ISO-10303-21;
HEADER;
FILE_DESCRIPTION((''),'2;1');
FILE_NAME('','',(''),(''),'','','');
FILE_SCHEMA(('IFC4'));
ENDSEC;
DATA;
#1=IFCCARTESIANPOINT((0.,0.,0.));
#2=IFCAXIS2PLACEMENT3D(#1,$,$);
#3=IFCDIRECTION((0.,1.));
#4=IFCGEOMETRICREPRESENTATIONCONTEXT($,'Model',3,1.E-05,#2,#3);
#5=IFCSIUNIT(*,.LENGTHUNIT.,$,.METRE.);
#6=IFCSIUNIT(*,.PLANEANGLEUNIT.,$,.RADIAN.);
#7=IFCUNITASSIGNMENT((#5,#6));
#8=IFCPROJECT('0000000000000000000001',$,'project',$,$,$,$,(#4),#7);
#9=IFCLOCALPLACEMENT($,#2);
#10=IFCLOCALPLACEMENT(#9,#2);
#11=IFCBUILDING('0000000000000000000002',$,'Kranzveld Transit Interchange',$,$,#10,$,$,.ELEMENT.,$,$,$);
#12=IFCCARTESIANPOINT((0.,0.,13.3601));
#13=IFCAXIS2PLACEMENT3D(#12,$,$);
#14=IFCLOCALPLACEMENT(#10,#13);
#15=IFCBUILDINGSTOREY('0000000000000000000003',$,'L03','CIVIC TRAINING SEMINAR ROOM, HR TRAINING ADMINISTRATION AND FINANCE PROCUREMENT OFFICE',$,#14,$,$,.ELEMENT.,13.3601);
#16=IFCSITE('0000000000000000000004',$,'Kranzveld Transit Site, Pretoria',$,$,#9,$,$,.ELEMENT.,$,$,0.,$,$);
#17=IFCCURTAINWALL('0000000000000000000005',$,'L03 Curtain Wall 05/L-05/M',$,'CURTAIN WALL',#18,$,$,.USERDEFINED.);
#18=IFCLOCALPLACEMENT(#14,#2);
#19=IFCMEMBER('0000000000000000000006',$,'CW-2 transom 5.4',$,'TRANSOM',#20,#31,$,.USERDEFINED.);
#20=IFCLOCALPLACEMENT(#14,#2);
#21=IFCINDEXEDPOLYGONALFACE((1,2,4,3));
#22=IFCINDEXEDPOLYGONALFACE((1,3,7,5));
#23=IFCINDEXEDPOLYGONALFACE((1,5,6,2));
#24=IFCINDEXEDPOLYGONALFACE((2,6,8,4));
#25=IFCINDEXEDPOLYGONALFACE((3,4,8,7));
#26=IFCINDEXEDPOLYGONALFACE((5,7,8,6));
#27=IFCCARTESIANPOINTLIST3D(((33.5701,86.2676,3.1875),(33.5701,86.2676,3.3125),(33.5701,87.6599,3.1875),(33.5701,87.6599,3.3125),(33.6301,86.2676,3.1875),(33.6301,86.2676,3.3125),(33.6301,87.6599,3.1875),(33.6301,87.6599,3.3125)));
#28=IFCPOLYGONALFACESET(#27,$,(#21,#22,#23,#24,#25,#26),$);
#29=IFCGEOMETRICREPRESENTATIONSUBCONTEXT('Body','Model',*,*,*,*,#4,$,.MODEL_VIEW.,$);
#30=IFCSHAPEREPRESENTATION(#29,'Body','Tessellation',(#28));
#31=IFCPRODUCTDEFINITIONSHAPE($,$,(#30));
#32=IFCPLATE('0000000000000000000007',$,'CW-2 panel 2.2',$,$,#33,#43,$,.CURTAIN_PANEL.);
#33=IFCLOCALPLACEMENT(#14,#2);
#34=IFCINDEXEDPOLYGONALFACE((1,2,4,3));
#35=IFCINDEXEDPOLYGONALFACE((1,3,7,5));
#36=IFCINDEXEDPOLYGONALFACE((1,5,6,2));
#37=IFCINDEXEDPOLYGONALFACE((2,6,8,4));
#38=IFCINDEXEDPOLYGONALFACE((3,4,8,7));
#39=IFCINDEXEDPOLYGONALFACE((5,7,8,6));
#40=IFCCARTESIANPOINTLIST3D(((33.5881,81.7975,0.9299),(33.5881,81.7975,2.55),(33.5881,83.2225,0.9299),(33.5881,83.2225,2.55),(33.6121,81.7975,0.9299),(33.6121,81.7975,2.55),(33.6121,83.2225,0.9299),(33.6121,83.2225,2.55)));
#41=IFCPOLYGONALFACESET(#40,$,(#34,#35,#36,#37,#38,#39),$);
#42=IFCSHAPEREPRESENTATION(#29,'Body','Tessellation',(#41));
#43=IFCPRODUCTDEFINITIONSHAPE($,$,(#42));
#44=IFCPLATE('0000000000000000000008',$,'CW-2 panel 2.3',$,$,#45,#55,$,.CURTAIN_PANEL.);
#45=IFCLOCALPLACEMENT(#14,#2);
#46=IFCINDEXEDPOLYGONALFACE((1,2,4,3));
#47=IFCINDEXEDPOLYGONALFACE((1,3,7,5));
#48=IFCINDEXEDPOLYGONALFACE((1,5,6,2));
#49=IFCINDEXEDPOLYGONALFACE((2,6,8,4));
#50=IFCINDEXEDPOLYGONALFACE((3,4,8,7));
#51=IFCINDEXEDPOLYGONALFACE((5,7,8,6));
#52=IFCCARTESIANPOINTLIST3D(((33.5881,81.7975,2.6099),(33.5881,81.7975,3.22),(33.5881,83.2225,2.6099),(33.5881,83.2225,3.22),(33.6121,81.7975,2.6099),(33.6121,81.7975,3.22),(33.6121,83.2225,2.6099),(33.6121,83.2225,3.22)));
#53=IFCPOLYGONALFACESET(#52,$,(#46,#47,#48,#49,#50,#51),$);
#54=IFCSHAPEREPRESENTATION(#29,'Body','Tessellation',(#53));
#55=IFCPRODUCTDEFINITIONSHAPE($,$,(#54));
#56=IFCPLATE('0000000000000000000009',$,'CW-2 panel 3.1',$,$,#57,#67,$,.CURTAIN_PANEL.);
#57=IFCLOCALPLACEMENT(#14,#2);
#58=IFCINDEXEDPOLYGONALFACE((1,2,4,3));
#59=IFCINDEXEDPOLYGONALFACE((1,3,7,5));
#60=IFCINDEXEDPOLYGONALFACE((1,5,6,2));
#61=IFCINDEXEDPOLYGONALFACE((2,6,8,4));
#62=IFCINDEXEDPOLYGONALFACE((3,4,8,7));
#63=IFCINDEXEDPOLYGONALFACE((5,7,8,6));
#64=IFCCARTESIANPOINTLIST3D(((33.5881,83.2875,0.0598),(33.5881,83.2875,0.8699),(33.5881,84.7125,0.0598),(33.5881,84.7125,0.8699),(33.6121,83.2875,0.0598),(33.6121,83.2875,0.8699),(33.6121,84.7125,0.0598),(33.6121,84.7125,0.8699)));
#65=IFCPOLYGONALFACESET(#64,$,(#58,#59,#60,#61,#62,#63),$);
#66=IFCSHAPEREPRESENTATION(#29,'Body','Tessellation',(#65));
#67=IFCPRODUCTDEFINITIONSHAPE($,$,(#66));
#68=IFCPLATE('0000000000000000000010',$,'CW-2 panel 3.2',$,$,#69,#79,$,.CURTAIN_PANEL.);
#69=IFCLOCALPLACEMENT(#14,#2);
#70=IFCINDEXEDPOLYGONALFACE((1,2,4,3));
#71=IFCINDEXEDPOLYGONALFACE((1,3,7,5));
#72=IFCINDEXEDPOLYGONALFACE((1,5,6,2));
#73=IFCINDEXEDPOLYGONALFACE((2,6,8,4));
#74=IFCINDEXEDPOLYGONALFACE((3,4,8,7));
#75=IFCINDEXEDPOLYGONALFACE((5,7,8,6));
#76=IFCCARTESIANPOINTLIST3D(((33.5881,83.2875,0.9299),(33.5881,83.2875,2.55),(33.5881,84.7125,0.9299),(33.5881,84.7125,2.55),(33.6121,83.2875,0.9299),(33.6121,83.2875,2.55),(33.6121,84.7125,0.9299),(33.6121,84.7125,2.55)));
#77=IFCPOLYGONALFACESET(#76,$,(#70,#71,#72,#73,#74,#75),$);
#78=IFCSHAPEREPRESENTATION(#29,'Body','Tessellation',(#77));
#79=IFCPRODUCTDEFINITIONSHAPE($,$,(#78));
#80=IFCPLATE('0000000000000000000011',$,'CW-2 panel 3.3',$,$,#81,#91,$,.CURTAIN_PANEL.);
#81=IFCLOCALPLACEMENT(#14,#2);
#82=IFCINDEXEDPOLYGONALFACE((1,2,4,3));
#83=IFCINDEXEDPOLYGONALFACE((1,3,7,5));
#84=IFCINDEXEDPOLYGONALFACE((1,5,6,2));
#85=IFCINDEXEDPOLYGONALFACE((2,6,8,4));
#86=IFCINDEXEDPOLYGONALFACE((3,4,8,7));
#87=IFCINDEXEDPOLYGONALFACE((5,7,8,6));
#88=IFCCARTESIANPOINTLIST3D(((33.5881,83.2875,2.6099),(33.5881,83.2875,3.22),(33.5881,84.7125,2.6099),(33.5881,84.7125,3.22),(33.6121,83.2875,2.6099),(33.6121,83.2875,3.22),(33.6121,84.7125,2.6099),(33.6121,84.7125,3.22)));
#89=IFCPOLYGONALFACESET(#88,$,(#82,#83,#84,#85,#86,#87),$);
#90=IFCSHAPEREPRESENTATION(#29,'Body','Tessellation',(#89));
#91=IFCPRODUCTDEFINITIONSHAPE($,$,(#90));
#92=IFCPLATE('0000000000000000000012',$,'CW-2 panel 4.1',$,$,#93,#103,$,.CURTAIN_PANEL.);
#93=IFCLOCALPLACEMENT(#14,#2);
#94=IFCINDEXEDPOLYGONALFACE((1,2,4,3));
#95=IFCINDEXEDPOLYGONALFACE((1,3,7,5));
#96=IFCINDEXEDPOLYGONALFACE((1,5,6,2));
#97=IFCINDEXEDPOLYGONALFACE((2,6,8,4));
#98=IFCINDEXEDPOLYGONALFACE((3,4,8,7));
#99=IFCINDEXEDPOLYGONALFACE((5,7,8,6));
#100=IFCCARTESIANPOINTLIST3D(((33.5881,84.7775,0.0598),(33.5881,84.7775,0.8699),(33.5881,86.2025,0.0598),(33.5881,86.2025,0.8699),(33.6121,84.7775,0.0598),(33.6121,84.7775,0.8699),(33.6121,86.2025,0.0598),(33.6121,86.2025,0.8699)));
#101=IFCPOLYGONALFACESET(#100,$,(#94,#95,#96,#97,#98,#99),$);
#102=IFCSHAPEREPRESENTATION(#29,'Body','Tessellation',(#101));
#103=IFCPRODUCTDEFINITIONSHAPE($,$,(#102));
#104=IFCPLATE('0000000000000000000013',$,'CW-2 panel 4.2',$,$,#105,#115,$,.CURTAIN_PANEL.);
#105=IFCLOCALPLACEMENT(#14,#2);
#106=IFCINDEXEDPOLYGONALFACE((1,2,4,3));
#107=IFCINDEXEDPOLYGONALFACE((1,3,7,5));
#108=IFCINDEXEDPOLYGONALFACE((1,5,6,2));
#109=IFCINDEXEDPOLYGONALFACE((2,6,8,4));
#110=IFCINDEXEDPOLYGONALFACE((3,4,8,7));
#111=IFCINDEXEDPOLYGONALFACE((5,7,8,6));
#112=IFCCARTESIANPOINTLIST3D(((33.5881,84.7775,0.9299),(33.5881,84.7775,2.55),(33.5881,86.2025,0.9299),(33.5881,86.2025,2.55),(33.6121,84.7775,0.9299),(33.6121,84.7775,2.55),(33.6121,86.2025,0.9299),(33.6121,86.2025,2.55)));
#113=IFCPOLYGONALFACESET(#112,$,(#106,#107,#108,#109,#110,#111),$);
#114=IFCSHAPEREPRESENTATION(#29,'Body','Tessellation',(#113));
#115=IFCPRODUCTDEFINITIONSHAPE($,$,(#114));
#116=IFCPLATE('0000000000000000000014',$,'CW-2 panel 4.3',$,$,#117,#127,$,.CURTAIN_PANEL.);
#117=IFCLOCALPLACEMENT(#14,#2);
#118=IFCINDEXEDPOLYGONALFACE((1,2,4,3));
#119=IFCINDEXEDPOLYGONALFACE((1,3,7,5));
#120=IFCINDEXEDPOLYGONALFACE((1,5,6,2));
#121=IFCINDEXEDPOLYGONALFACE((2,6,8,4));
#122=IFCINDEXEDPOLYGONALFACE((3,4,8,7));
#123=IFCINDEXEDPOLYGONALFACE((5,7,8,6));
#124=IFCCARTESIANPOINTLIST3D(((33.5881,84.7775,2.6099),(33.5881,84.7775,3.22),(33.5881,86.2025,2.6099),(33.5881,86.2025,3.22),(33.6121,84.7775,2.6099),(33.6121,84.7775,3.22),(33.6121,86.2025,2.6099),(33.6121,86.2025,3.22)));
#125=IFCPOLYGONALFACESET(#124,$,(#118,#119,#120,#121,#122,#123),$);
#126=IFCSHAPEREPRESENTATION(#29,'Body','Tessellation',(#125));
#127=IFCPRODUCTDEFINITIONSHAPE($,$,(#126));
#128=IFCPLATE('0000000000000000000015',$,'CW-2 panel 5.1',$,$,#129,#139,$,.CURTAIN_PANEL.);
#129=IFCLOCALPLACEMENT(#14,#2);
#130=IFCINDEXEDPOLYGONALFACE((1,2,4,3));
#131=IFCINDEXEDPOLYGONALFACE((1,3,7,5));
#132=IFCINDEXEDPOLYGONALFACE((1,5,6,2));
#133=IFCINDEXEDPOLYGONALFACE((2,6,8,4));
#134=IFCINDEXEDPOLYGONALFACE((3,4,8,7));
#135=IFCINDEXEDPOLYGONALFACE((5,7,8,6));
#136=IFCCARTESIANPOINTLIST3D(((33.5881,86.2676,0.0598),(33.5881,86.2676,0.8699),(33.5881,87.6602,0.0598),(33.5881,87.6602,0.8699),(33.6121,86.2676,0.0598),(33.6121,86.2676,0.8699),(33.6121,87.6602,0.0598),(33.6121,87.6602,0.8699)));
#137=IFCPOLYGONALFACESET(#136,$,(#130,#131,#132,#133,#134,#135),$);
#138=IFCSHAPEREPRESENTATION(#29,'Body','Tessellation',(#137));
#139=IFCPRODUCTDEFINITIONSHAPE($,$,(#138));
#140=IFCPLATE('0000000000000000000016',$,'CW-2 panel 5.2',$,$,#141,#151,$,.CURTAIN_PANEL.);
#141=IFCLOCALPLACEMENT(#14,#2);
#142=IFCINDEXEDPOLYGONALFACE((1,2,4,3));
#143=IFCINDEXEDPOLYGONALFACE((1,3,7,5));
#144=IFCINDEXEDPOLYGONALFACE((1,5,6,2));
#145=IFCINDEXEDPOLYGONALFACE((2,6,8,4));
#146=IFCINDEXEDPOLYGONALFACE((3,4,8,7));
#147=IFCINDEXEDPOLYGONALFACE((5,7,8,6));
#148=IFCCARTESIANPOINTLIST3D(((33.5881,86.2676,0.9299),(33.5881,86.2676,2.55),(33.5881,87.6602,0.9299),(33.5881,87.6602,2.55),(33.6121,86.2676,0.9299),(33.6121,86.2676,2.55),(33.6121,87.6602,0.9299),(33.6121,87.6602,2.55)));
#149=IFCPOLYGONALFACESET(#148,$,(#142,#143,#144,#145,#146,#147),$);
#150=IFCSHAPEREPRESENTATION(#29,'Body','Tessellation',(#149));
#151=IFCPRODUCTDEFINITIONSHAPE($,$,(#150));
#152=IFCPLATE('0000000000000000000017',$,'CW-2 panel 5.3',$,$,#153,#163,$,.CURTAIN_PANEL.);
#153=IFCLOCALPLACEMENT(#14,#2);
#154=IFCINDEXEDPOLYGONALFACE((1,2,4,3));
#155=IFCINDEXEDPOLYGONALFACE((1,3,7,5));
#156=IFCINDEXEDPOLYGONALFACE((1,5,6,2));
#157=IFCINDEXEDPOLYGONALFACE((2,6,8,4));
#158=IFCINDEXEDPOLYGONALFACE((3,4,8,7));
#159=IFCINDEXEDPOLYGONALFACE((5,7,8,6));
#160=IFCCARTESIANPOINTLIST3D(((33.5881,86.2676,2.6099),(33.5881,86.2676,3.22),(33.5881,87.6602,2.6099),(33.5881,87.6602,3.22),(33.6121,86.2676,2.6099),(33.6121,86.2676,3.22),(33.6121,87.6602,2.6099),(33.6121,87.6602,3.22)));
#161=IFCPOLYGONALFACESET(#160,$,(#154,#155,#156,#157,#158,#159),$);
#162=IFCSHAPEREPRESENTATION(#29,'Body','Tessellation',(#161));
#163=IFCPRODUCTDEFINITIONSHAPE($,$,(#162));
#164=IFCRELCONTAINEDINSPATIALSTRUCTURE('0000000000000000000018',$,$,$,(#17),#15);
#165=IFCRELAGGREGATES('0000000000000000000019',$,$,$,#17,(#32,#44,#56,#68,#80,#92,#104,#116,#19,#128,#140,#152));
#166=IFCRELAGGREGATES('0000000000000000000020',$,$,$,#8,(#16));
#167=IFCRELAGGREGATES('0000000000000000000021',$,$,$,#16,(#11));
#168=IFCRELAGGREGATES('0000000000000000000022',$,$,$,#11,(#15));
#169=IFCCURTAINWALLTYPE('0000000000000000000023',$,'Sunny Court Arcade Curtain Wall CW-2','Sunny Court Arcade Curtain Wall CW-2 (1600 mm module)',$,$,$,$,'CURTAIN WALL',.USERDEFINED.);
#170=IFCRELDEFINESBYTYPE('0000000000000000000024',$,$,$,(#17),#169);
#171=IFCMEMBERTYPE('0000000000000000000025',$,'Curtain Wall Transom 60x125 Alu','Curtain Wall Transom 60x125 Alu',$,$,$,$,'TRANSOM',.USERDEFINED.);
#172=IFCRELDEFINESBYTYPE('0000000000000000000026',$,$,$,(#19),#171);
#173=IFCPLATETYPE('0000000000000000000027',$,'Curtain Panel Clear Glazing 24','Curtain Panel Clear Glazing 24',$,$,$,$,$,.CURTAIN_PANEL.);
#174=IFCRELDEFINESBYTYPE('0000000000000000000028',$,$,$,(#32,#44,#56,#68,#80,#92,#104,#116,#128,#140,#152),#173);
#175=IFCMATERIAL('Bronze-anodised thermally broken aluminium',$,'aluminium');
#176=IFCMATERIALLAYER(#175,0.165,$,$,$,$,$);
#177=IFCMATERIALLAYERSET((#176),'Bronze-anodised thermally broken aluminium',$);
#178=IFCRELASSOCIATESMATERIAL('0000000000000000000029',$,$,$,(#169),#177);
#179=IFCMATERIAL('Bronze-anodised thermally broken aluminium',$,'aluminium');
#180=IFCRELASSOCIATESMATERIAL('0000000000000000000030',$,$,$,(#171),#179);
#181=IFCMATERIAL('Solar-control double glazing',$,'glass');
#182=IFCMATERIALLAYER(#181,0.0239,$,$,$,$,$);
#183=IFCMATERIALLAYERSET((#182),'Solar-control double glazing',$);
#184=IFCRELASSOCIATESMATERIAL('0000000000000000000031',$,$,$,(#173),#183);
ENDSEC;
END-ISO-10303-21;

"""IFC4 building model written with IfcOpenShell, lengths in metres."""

from ifc_helpers import new_model, si_unit, direction, frame, origin, origin_2d, place, context, subcontext, project, spatial, rectangle, extrude, material, layer, layer_set, material_profile, profile_set, type_object, element, aggregate, save


model = new_model("IFC4")

# Units and contexts
model_context = context("Model", 3, precision=1e-05, world=origin(), true_north=direction((0.0, 1.0)))
body_context = subcontext(model_context, "Body", "Model", "MODEL_VIEW")
ifc_project = project(units=[si_unit("LENGTHUNIT", "METRE"), si_unit("PLANEANGLEUNIT", "RADIAN")], contexts=[model_context])

# Site, building, storey
site_placement = place(None, origin())
site = spatial("IfcSite", under=ifc_project, at=site_placement, Name="Kranzveld Transit Site, Pretoria", CompositionType="ELEMENT", RefElevation=0.0)
building_placement = place(site_placement, origin())
building = spatial("IfcBuilding", under=site, at=building_placement, Name="Kranzveld Transit Interchange", CompositionType="ELEMENT")
storey_placement = place(building_placement, frame((0.0, 0.0, 13.3601)))
storey = spatial("IfcBuildingStorey", under=building, at=storey_placement, Name="L03", Description="CIVIC TRAINING SEMINAR ROOM, HR TRAINING ADMINISTRATION AND FINANCE PROCUREMENT OFFICE", CompositionType="ELEMENT", Elevation=13.3601)

# Curtain wall, member, plates
ifc_material_1 = material(Name="Bronze-anodised thermally broken aluminium", Category="aluminium")
ifc_layer_1 = layer(ifc_material_1, 0.165)
ifc_layer_set_1 = layer_set([ifc_layer_1], Name="Bronze-anodised thermally broken aluminium")
curtain_wall_type = type_object("IfcCurtainWallType", Name="Sunny Court Arcade Curtain Wall CW-2", Description="Sunny Court Arcade Curtain Wall CW-2 (1600 mm module)", ElementType="CURTAIN WALL", PredefinedType="USERDEFINED", material=ifc_layer_set_1)
curtain_wall_placement = place(storey_placement, origin())
curtain_wall = element("IfcCurtainWall", 1, at=curtain_wall_placement, inside=storey, type_object=curtain_wall_type, Name="L03 Curtain Wall 05/L-05/M", ObjectType="CURTAIN WALL", PredefinedType="USERDEFINED")
ifc_material_2 = material(Name="Bronze-anodised thermally broken aluminium", Category="aluminium")
ifc_material_profile_1 = material_profile(ifc_material_2, rectangle(XDim=0.0601, YDim=0.125, at=origin_2d()), Name="ALU TRANSOM 60x125")
ifc_profile_set_1 = profile_set([ifc_material_profile_1], Name="Bronze-anodised thermally broken aluminium")
member_type_1 = type_object("IfcMemberType", Name="Curtain Wall Transom 60x125 Alu", Description="Curtain Wall Transom 60x125 Alu", ElementType="TRANSOM", PredefinedType="USERDEFINED", material=ifc_profile_set_1)
member_1_placement = place(storey_placement, frame((33.6001, 86.2676, 3.25), z_axis=(0.0, 1.0, 0.0), x_axis=(-1.0, 0.0, 0.0)))
member_1 = element("IfcMember", 2, at=member_1_placement, type_object=member_type_1, Name="CW-2 transom 5.4", ObjectType="TRANSOM", PredefinedType="USERDEFINED", context=body_context, shape_type="SweptSolid", body=[
    extrude(rectangle(XDim=0.0601, YDim=0.125, at=origin_2d()), origin(), (0.0, 0.0, 1.0), 1.3923),
])
ifc_material_3 = material(Name="Solar-control double glazing", Category="glass")
ifc_layer_2 = layer(ifc_material_3, 0.0239)
ifc_layer_set_2 = layer_set([ifc_layer_2], Name="Solar-control double glazing")
plate_type = type_object("IfcPlateType", Name="Curtain Panel Clear Glazing 24", Description="Curtain Panel Clear Glazing 24", PredefinedType="CURTAIN_PANEL", material=ifc_layer_set_2)
plate_1_placement = place(storey_placement, frame((33.6001, 82.51, 0.9299), z_axis=(0.0, 0.0, 1.0), x_axis=(0.0, 1.0, 0.0)))
plate_1 = element("IfcPlate", 3, at=plate_1_placement, type_object=plate_type, Name="CW-2 panel 2.2", PredefinedType="CURTAIN_PANEL", context=body_context, shape_type="SweptSolid", body=[
    extrude(rectangle(XDim=1.425, YDim=0.0239, at=origin_2d()), origin(), (0.0, 0.0, 1.0), 1.6201),
])
plate_2_placement = place(storey_placement, frame((33.6001, 82.51, 2.6099), z_axis=(0.0, 0.0, 1.0), x_axis=(0.0, 1.0, 0.0)))
plate_2 = element("IfcPlate", 4, at=plate_2_placement, type_object=plate_type, Name="CW-2 panel 2.3", PredefinedType="CURTAIN_PANEL", context=body_context, shape_type="SweptSolid", body=[
    extrude(rectangle(XDim=1.425, YDim=0.0239, at=origin_2d()), origin(), (0.0, 0.0, 1.0), 0.6101),
])
plate_3_placement = place(storey_placement, frame((33.6001, 84.0, 0.0598), z_axis=(0.0, 0.0, 1.0), x_axis=(0.0, 1.0, 0.0)))
plate_3 = element("IfcPlate", 5, at=plate_3_placement, type_object=plate_type, Name="CW-2 panel 3.1", PredefinedType="CURTAIN_PANEL", context=body_context, shape_type="SweptSolid", body=[
    extrude(rectangle(XDim=1.425, YDim=0.0239, at=origin_2d()), origin(), (0.0, 0.0, 1.0), 0.8101),
])
plate_4_placement = place(storey_placement, frame((33.6001, 84.0, 0.9299), z_axis=(0.0, 0.0, 1.0), x_axis=(0.0, 1.0, 0.0)))
plate_4 = element("IfcPlate", 6, at=plate_4_placement, type_object=plate_type, Name="CW-2 panel 3.2", PredefinedType="CURTAIN_PANEL", context=body_context, shape_type="SweptSolid", body=[
    extrude(rectangle(XDim=1.425, YDim=0.0239, at=origin_2d()), origin(), (0.0, 0.0, 1.0), 1.6201),
])
plate_5_placement = place(storey_placement, frame((33.6001, 84.0, 2.6099), z_axis=(0.0, 0.0, 1.0), x_axis=(0.0, 1.0, 0.0)))
plate_5 = element("IfcPlate", 7, at=plate_5_placement, type_object=plate_type, Name="CW-2 panel 3.3", PredefinedType="CURTAIN_PANEL", context=body_context, shape_type="SweptSolid", body=[
    extrude(rectangle(XDim=1.425, YDim=0.0239, at=origin_2d()), origin(), (0.0, 0.0, 1.0), 0.6101),
])
plate_6_placement = place(storey_placement, frame((33.6001, 85.49, 0.0598), z_axis=(0.0, 0.0, 1.0), x_axis=(0.0, 1.0, 0.0)))
plate_6 = element("IfcPlate", 8, at=plate_6_placement, type_object=plate_type, Name="CW-2 panel 4.1", PredefinedType="CURTAIN_PANEL", context=body_context, shape_type="SweptSolid", body=[
    extrude(rectangle(XDim=1.425, YDim=0.0239, at=origin_2d()), origin(), (0.0, 0.0, 1.0), 0.8101),
])
plate_7_placement = place(storey_placement, frame((33.6001, 85.49, 0.9299), z_axis=(0.0, 0.0, 1.0), x_axis=(0.0, 1.0, 0.0)))
plate_7 = element("IfcPlate", 9, at=plate_7_placement, type_object=plate_type, Name="CW-2 panel 4.2", PredefinedType="CURTAIN_PANEL", context=body_context, shape_type="SweptSolid", body=[
    extrude(rectangle(XDim=1.425, YDim=0.0239, at=origin_2d()), origin(), (0.0, 0.0, 1.0), 1.6201),
])
plate_8_placement = place(storey_placement, frame((33.6001, 85.49, 2.6099), z_axis=(0.0, 0.0, 1.0), x_axis=(0.0, 1.0, 0.0)))
plate_8 = element("IfcPlate", 10, at=plate_8_placement, type_object=plate_type, Name="CW-2 panel 4.3", PredefinedType="CURTAIN_PANEL", context=body_context, shape_type="SweptSolid", body=[
    extrude(rectangle(XDim=1.425, YDim=0.0239, at=origin_2d()), origin(), (0.0, 0.0, 1.0), 0.6101),
])
plate_9_placement = place(storey_placement, frame((33.6001, 86.9639, 0.0598), z_axis=(0.0, 0.0, 1.0), x_axis=(0.0, 1.0, 0.0)))
plate_9 = element("IfcPlate", 11, at=plate_9_placement, type_object=plate_type, Name="CW-2 panel 5.1", PredefinedType="CURTAIN_PANEL", context=body_context, shape_type="SweptSolid", body=[
    extrude(rectangle(XDim=1.3926, YDim=0.0239, at=origin_2d()), origin(), (0.0, 0.0, 1.0), 0.8101),
])
plate_10_placement = place(storey_placement, frame((33.6001, 86.9639, 0.9299), z_axis=(0.0, 0.0, 1.0), x_axis=(0.0, 1.0, 0.0)))
plate_10 = element("IfcPlate", 12, at=plate_10_placement, type_object=plate_type, Name="CW-2 panel 5.2", PredefinedType="CURTAIN_PANEL", context=body_context, shape_type="SweptSolid", body=[
    extrude(rectangle(XDim=1.3926, YDim=0.0239, at=origin_2d()), origin(), (0.0, 0.0, 1.0), 1.6201),
])
plate_11_placement = place(storey_placement, frame((33.6001, 86.9639, 2.6099), z_axis=(0.0, 0.0, 1.0), x_axis=(0.0, 1.0, 0.0)))
plate_11 = element("IfcPlate", 13, at=plate_11_placement, type_object=plate_type, Name="CW-2 panel 5.3", PredefinedType="CURTAIN_PANEL", context=body_context, shape_type="SweptSolid", body=[
    extrude(rectangle(XDim=1.3926, YDim=0.0239, at=origin_2d()), origin(), (0.0, 0.0, 1.0), 0.6101),
])
aggregate(curtain_wall, [plate_1, plate_2, plate_3, plate_4, plate_5, plate_6, plate_7, plate_8, member_1, plate_9, plate_10, plate_11])

save(model, "model.ifc")
